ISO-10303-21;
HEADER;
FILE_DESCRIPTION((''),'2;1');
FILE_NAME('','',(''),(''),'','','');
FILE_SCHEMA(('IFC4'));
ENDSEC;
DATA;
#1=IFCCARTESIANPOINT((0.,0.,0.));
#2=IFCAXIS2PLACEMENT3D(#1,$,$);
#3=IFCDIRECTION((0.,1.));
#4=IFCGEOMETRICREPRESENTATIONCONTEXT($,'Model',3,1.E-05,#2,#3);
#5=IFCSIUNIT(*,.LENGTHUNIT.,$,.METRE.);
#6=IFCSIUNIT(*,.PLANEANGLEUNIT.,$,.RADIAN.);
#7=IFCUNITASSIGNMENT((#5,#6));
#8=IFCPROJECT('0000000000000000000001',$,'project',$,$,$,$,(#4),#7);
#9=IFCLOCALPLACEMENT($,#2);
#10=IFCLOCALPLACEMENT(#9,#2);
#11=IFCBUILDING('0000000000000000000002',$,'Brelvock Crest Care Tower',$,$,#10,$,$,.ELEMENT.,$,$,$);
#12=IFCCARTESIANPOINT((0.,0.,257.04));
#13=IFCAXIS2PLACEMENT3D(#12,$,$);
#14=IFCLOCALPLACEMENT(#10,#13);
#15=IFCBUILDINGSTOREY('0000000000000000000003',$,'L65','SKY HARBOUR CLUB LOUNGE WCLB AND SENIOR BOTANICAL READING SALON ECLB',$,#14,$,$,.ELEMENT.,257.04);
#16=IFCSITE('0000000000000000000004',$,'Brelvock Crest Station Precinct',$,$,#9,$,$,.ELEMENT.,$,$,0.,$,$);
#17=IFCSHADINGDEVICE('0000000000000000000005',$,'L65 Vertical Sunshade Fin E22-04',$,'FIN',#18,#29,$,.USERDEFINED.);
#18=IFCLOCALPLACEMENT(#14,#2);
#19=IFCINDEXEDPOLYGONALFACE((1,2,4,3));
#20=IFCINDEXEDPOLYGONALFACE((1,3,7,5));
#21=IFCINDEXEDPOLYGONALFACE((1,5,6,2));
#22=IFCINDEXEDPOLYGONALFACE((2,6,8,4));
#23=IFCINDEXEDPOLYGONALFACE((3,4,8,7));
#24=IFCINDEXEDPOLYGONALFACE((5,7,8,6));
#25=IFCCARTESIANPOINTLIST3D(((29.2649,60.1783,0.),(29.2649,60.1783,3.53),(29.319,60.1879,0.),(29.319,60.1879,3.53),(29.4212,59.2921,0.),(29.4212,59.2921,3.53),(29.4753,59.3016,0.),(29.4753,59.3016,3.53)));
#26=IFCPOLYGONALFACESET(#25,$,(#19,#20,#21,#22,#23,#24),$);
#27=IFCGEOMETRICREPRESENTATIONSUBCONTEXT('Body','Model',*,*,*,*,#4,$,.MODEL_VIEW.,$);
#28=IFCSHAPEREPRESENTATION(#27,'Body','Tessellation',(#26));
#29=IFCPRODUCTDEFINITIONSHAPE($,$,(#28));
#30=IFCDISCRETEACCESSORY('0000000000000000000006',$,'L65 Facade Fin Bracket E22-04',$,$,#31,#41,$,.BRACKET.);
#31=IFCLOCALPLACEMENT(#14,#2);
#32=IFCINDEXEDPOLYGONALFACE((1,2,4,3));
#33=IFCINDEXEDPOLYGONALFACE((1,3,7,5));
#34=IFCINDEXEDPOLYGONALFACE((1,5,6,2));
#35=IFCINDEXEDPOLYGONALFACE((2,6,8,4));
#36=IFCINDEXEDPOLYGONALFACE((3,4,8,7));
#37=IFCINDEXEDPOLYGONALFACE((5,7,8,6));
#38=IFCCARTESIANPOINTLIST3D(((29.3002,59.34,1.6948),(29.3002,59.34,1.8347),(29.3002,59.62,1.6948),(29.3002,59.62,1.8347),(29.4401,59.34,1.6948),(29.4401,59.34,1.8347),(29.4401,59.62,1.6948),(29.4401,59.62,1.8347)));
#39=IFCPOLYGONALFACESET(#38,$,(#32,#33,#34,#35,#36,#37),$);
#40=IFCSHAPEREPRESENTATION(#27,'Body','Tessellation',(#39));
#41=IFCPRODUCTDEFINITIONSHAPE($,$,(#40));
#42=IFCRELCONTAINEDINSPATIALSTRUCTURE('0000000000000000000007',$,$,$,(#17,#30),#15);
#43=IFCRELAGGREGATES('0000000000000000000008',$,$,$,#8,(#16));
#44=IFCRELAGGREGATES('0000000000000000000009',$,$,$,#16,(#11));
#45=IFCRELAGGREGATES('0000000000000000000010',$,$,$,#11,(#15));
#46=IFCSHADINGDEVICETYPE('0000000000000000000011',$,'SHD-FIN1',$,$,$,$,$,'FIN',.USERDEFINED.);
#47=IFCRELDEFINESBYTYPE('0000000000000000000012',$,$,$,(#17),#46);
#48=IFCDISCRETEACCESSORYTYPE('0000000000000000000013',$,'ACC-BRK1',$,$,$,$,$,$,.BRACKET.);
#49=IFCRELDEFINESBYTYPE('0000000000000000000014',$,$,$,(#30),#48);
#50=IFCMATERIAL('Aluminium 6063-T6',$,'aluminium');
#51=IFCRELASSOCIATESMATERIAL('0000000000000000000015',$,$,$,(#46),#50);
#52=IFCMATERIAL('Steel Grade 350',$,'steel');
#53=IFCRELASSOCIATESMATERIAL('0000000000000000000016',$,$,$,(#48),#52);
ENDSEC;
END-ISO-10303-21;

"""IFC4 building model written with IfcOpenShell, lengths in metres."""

from ifc_helpers import new_model, si_unit, direction, frame, origin, origin_2d, place, context, subcontext, project, spatial, rectangle, extrude, source, transform, mapped, material, material_profile, profile_set, type_object, element, save


model = new_model("IFC4")

# Units and contexts
model_context = context("Model", 3, precision=1e-05, world=origin(), true_north=direction((0.0, 1.0)))
body_context = subcontext(model_context, "Body", "Model", "MODEL_VIEW")
ifc_project = project(units=[si_unit("LENGTHUNIT", "METRE"), si_unit("PLANEANGLEUNIT", "RADIAN")], contexts=[model_context])

# Site, building, storey
site_placement = place(None, origin())
site = spatial("IfcSite", under=ifc_project, at=site_placement, Name="Brelvock Crest Station Precinct", CompositionType="ELEMENT", RefElevation=0.0)
building_placement = place(site_placement, origin())
building = spatial("IfcBuilding", under=site, at=building_placement, Name="Brelvock Crest Care Tower", CompositionType="ELEMENT")
storey_placement = place(building_placement, frame((0.0, 0.0, 257.04)))
storey = spatial("IfcBuildingStorey", under=building, at=storey_placement, Name="L65", Description="SKY HARBOUR CLUB LOUNGE WCLB AND SENIOR BOTANICAL READING SALON ECLB", CompositionType="ELEMENT", Elevation=257.04)

# Shared definitions
ifc_material_1 = material(Name="Steel Grade 350", Category="steel")

# Shared definitions
ifc_material_2 = material(Name="Aluminium 6063-T6", Category="aluminium")

# Shading device
ifc_material_profile_1 = material_profile(ifc_material_2, rectangle(XDim=0.0549, YDim=0.8999, at=origin_2d()), Name="FIN55x900")
ifc_profile_set_1 = profile_set([ifc_material_profile_1], Name="Aluminium 6063-T6")
shading_device_type = type_object("IfcShadingDeviceType", Name="SHD-FIN1", ElementType="FIN", PredefinedType="USERDEFINED", material=ifc_profile_set_1)
shared_shape_1 = source(origin(), body_context, "Body", "SweptSolid", [
    extrude(rectangle(XDim=0.0549, YDim=0.8999, at=origin_2d()), origin(), (0.0, 0.0, 1.0), 3.53),
])
for number, where, z_axis, x_axis, name in (
    (1, (29.3701, 59.74, 0.0), (0.0, 0.0, 1.0), (0.984808, 0.173648, 0.0), "L65 Vertical Sunshade Fin E22-04"),
):
    element("IfcShadingDevice", number, at=place(storey_placement, frame(where, z_axis=z_axis, x_axis=x_axis)), inside=storey, type_object=shading_device_type, Name=name, ObjectType="FIN", PredefinedType="USERDEFINED", context=body_context, shape_type="MappedRepresentation", body=[
        mapped(shared_shape_1, transform((0.0, 0.0, 0.0), x_axis=(1.0, 0.0, 0.0), y_axis=(0.0, 1.0, 0.0), z_axis=(0.0, 0.0, 1.0), scale=1.0)),
    ])

# Discrete accessory
discrete_accessory_type = type_object("IfcDiscreteAccessoryType", Name="ACC-BRK1", PredefinedType="BRACKET", material=ifc_material_1)
shared_shape_2 = source(origin(), body_context, "Body", "SweptSolid", [
    extrude(rectangle(XDim=0.28, YDim=0.1399, at=origin_2d()), origin(), (0.0, 0.0, 1.0), 0.1399),
])
discrete_accessory_placement = place(storey_placement, frame((29.3701, 59.48, 1.6948), z_axis=(0.0, 0.0, 1.0), x_axis=(0.0, 1.0, 0.0)))
element("IfcDiscreteAccessory", 2, at=discrete_accessory_placement, inside=storey, type_object=discrete_accessory_type, Name="L65 Facade Fin Bracket E22-04", PredefinedType="BRACKET", context=body_context, shape_type="MappedRepresentation", body=[
    mapped(shared_shape_2, transform((0.0, 0.0, 0.0), x_axis=(1.0, 0.0, 0.0), y_axis=(0.0, 1.0, 0.0), z_axis=(0.0, 0.0, 1.0), scale=1.0)),
])

save(model, "model.ifc")
